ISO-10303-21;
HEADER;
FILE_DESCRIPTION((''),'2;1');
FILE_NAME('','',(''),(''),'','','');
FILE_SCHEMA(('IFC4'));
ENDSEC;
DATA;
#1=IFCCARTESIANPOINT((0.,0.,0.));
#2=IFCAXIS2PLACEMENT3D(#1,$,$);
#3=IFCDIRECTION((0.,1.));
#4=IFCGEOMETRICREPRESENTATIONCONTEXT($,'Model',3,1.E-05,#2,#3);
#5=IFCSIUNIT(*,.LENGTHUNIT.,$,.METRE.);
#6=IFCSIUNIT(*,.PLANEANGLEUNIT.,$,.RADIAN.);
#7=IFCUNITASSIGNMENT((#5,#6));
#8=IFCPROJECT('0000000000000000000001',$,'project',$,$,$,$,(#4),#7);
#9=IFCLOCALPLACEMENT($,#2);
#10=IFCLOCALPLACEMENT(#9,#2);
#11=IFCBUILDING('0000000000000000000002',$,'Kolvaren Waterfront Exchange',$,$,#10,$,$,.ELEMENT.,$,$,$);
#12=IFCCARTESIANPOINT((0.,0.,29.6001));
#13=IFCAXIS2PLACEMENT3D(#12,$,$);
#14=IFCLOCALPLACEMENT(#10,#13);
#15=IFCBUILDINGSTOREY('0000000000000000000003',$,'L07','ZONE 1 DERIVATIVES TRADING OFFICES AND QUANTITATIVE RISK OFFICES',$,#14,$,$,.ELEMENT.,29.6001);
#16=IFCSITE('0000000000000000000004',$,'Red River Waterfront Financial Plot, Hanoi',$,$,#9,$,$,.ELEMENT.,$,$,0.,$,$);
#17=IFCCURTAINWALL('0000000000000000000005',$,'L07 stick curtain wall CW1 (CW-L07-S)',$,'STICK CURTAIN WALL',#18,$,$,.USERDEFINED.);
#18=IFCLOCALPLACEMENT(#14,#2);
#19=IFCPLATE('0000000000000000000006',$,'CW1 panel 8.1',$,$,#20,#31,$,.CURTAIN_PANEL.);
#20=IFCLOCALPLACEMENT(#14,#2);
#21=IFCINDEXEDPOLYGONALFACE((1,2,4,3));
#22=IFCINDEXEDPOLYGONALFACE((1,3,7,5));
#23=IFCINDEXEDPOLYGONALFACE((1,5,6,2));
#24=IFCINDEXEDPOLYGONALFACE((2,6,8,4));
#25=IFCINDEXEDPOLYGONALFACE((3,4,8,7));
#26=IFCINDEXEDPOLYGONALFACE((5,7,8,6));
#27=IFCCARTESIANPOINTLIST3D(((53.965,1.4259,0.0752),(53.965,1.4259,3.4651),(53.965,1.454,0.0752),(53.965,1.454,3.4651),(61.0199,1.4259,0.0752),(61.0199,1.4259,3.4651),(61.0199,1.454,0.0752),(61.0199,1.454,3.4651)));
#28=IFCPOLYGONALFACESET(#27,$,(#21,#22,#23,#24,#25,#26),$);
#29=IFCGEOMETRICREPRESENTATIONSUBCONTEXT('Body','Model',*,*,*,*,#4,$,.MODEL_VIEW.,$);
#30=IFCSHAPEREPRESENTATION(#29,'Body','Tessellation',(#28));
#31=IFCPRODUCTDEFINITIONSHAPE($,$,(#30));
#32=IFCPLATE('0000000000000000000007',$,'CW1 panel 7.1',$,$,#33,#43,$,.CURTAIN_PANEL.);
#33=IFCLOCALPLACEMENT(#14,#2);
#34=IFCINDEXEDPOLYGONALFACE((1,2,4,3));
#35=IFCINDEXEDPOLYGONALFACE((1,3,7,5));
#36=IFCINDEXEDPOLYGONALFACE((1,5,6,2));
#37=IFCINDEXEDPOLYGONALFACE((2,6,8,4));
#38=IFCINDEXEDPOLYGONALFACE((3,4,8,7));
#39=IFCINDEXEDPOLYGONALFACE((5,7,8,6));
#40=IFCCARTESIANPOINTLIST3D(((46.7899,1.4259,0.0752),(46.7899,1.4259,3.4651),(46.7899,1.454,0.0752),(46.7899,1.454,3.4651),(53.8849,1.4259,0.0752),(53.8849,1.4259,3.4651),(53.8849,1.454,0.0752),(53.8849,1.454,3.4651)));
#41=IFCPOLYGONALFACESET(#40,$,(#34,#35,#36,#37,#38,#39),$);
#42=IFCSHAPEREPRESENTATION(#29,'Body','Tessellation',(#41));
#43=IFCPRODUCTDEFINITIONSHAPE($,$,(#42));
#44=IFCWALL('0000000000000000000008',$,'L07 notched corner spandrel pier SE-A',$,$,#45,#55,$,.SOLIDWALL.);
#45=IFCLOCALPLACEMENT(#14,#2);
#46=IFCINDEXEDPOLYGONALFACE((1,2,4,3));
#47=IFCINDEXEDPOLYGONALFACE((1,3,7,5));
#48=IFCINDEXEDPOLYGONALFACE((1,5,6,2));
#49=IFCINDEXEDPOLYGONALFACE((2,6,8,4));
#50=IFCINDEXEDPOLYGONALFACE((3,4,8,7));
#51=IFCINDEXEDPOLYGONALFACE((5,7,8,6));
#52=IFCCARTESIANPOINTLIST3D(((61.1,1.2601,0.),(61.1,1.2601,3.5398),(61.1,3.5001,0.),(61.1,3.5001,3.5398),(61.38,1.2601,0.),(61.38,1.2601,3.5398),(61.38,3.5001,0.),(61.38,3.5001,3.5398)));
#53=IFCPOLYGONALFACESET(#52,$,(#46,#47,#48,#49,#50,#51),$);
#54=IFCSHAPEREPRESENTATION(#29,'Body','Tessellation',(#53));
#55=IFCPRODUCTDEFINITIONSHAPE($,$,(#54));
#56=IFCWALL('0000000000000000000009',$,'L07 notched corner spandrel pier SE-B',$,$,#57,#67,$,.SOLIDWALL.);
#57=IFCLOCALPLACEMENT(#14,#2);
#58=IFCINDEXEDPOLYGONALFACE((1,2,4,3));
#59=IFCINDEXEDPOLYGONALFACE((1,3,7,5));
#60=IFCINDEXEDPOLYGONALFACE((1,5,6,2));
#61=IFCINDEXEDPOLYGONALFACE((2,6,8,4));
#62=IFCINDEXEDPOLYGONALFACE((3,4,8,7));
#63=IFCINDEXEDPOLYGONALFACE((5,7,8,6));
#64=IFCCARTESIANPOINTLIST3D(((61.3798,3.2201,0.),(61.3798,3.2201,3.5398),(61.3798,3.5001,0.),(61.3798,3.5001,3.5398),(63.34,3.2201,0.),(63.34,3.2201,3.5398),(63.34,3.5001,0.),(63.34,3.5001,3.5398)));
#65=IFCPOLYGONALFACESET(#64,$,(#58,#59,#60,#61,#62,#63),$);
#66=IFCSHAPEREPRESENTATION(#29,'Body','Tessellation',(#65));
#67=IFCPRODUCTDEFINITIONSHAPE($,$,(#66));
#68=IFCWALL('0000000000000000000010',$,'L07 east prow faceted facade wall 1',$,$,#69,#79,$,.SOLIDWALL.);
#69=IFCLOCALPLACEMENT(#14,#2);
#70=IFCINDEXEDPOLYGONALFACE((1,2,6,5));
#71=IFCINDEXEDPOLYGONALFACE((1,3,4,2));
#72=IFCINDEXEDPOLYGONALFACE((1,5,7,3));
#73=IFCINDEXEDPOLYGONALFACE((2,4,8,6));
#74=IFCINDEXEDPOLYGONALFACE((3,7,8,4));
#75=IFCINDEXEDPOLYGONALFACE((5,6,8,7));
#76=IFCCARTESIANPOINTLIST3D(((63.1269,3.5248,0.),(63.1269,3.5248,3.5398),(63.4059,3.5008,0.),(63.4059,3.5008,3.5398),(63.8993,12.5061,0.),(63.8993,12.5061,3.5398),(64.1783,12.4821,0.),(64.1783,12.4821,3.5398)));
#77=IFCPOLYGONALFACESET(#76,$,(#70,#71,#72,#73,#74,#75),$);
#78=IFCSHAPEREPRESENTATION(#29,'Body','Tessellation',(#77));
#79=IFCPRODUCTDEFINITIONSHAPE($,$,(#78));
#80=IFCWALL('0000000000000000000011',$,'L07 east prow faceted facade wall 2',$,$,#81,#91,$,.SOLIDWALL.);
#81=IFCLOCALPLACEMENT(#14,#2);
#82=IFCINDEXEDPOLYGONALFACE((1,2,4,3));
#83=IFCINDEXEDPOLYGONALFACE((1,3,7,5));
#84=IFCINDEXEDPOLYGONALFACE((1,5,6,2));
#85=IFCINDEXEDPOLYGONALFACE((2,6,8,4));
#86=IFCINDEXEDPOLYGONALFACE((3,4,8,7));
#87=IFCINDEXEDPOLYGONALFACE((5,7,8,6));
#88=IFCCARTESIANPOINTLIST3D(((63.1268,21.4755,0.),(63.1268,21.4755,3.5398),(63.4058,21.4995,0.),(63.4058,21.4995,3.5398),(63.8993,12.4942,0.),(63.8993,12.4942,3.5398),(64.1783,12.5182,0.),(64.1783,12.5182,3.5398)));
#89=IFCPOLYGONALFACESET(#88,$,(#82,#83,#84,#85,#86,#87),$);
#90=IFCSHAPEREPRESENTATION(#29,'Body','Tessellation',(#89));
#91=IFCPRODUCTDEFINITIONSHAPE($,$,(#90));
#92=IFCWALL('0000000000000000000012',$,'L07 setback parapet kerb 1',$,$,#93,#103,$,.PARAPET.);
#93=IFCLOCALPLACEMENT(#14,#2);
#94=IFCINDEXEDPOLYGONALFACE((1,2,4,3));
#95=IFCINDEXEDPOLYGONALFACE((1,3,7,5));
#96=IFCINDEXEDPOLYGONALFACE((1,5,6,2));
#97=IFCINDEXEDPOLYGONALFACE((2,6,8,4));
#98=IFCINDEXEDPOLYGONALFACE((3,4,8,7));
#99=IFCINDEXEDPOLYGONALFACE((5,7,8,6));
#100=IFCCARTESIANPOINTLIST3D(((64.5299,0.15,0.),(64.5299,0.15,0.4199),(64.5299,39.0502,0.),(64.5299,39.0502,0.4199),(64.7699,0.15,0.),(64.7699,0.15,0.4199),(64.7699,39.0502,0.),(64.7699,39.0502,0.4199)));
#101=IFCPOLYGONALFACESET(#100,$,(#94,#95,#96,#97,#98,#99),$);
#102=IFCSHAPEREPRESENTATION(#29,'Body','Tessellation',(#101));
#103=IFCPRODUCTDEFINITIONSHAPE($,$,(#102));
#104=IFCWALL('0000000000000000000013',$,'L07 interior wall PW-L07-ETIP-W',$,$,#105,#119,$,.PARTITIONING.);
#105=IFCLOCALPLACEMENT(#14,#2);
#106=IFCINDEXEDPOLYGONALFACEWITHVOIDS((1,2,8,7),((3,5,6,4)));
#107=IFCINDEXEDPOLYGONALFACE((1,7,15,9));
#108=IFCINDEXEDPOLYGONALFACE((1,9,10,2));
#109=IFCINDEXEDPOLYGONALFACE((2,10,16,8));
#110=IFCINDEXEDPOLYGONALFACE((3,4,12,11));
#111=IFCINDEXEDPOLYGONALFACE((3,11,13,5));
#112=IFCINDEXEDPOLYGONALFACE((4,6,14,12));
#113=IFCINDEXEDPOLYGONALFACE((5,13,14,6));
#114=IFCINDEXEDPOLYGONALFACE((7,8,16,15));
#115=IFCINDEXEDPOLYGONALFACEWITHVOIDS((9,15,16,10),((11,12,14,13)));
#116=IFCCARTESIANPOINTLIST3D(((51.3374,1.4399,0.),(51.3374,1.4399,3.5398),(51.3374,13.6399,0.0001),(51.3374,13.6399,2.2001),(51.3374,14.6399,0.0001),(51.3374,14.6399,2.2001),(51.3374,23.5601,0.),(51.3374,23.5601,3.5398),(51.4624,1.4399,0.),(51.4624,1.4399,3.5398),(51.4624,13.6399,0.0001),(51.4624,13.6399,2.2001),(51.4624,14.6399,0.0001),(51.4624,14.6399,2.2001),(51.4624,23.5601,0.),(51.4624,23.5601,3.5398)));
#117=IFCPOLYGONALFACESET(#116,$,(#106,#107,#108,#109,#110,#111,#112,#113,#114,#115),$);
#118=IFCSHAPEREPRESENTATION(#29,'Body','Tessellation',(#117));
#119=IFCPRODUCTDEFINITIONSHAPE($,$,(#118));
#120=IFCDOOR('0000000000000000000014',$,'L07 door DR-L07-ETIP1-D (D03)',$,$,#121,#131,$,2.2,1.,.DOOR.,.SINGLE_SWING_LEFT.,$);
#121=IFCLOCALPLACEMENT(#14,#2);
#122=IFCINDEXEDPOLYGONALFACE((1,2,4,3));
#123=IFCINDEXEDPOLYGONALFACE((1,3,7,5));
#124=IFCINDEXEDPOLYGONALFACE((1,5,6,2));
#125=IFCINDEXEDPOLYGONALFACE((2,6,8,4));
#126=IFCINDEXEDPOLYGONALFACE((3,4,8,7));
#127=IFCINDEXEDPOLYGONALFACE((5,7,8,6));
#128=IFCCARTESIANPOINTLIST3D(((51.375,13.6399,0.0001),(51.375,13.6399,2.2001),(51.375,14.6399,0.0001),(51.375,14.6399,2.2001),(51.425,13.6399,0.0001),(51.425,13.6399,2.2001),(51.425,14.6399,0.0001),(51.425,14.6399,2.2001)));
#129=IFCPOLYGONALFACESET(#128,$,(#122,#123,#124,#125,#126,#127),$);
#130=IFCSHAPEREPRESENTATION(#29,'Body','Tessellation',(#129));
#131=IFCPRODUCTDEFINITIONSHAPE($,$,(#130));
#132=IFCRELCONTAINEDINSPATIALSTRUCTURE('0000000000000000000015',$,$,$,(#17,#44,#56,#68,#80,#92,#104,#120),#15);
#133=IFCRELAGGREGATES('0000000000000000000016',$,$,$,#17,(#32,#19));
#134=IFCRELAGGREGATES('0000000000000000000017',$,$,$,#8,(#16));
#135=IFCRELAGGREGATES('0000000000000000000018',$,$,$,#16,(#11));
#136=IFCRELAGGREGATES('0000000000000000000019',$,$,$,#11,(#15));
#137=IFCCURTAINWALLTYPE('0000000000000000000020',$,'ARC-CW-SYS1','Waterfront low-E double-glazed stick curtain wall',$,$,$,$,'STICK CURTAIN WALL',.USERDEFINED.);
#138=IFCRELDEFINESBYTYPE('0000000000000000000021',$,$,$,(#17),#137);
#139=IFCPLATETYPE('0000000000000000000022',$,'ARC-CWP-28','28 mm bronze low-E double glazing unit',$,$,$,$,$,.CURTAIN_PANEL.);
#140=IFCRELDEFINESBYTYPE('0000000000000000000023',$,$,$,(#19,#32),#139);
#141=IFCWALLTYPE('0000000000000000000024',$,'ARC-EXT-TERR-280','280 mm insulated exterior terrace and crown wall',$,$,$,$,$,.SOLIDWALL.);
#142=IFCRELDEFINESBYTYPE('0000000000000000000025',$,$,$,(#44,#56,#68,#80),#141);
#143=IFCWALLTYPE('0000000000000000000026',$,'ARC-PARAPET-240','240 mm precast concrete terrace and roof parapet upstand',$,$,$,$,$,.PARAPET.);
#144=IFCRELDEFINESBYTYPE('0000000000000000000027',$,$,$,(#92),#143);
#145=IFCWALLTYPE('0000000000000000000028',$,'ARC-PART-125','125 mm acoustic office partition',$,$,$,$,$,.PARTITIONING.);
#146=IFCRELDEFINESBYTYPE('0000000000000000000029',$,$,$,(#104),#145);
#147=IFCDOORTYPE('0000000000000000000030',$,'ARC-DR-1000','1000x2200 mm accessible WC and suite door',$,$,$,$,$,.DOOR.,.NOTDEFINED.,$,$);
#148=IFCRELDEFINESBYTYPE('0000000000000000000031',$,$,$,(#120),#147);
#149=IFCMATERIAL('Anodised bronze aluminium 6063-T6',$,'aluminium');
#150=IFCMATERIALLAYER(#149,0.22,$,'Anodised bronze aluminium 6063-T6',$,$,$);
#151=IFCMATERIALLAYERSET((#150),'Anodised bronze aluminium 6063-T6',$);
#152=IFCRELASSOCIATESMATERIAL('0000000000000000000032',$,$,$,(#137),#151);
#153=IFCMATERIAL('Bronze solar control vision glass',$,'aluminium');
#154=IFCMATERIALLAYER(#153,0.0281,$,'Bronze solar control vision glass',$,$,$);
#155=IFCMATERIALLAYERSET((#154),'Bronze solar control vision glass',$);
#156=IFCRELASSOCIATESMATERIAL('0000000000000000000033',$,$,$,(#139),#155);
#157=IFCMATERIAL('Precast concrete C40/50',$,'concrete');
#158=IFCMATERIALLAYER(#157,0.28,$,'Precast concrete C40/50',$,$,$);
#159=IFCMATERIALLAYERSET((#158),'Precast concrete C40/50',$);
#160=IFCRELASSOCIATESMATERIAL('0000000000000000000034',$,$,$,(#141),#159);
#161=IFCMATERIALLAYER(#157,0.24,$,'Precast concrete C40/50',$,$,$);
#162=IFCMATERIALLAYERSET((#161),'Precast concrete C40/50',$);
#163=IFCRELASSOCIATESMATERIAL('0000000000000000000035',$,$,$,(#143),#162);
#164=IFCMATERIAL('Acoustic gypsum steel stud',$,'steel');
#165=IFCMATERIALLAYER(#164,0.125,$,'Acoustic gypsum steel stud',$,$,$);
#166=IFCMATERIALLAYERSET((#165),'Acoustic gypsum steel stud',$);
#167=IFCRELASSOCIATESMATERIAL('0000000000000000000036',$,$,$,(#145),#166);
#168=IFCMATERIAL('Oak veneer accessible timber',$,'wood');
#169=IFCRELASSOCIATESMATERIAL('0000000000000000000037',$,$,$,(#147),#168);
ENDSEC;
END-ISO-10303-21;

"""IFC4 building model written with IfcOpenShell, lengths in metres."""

from ifc_helpers import new_model, si_unit, direction, frame, frame_2d, origin, origin_with_axes, origin_2d, place, context, subcontext, project, spatial, rectangle, extrude, source, transform, mapped, material, layer, layer_set, type_object, element, fill, aggregate, save


model = new_model("IFC4")

# Units and contexts
model_context = context("Model", 3, precision=1e-05, world=origin(), true_north=direction((0.0, 1.0)))
body_context = subcontext(model_context, "Body", "Model", "MODEL_VIEW")
ifc_project = project(units=[si_unit("LENGTHUNIT", "METRE"), si_unit("PLANEANGLEUNIT", "RADIAN")], contexts=[model_context])

# Site, building, storey
site_placement = place(None, origin())
site = spatial("IfcSite", under=ifc_project, at=site_placement, Name="Red River Waterfront Financial Plot, Hanoi", CompositionType="ELEMENT", RefElevation=0.0)
building_placement = place(site_placement, origin())
building = spatial("IfcBuilding", under=site, at=building_placement, Name="Kolvaren Waterfront Exchange", CompositionType="ELEMENT")
storey_placement = place(building_placement, frame((0.0, 0.0, 29.6001)))
storey = spatial("IfcBuildingStorey", under=building, at=storey_placement, Name="L07", Description="ZONE 1 DERIVATIVES TRADING OFFICES AND QUANTITATIVE RISK OFFICES", CompositionType="ELEMENT", Elevation=29.6001)

# Curtain wall, plates
ifc_material_1 = material(Name="Anodised bronze aluminium 6063-T6", Category="aluminium")
ifc_layer_1 = layer(ifc_material_1, 0.22, Name="Anodised bronze aluminium 6063-T6")
ifc_layer_set_1 = layer_set([ifc_layer_1], Name="Anodised bronze aluminium 6063-T6")
curtain_wall_type = type_object("IfcCurtainWallType", Name="ARC-CW-SYS1", Description="Waterfront low-E double-glazed stick curtain wall", ElementType="STICK CURTAIN WALL", PredefinedType="USERDEFINED", material=ifc_layer_set_1)
curtain_wall_placement = place(storey_placement, origin())
curtain_wall = element("IfcCurtainWall", 1, at=curtain_wall_placement, inside=storey, type_object=curtain_wall_type, Name="L07 stick curtain wall CW1 (CW-L07-S)", ObjectType="STICK CURTAIN WALL", PredefinedType="USERDEFINED")
ifc_material_2 = material(Name="Bronze solar control vision glass", Category="aluminium")
ifc_layer_2 = layer(ifc_material_2, 0.0281, Name="Bronze solar control vision glass")
ifc_layer_set_2 = layer_set([ifc_layer_2], Name="Bronze solar control vision glass")
plate_type = type_object("IfcPlateType", Name="ARC-CWP-28", Description="28 mm bronze low-E double glazing unit", PredefinedType="CURTAIN_PANEL", material=ifc_layer_set_2)
shared_shape_1 = source(origin_with_axes(), body_context, "Body", "SweptSolid", [
    extrude(rectangle(XDim=7.0549, YDim=0.0281, at=origin_2d()), origin(), (0.0, 0.0, 1.0), 3.3899),
])
plate_1_placement = place(storey_placement, frame((57.4924, 1.4399, 0.0752), z_axis=(0.0, 0.0, 1.0), x_axis=(1.0, 0.0, 0.0)))
plate_1 = element("IfcPlate", 2, at=plate_1_placement, type_object=plate_type, Name="CW1 panel 8.1", PredefinedType="CURTAIN_PANEL", context=body_context, shape_type="MappedRepresentation", body=[
    mapped(shared_shape_1, transform((0.0, 0.0, 0.0), x_axis=(1.0, 0.0, 0.0), y_axis=(0.0, 1.0, 0.0), z_axis=(0.0, 0.0, 1.0), scale=1.0)),
])
shared_shape_2 = source(origin_with_axes(), body_context, "Body", "SweptSolid", [
    extrude(rectangle(XDim=7.095, YDim=0.0281, at=origin_2d()), origin(), (0.0, 0.0, 1.0), 3.3899),
])
plate_2_placement = place(storey_placement, frame((50.3374, 1.4399, 0.0752), z_axis=(0.0, 0.0, 1.0), x_axis=(1.0, 0.0, 0.0)))
plate_2 = element("IfcPlate", 3, at=plate_2_placement, type_object=plate_type, Name="CW1 panel 7.1", PredefinedType="CURTAIN_PANEL", context=body_context, shape_type="MappedRepresentation", body=[
    mapped(shared_shape_2, transform((0.0, 0.0, 0.0), x_axis=(1.0, 0.0, 0.0), y_axis=(0.0, 1.0, 0.0), z_axis=(0.0, 0.0, 1.0), scale=1.0)),
])
aggregate(curtain_wall, [plate_2, plate_1])

# Walls
ifc_material_3 = material(Name="Precast concrete C40/50", Category="concrete")
ifc_layer_3 = layer(ifc_material_3, 0.28, Name="Precast concrete C40/50")
ifc_layer_set_3 = layer_set([ifc_layer_3], Name="Precast concrete C40/50")
wall_type_1 = type_object("IfcWallType", Name="ARC-EXT-TERR-280", Description="280 mm insulated exterior terrace and crown wall", PredefinedType="SOLIDWALL", material=ifc_layer_set_3)
wall_1_placement = place(storey_placement, frame((61.24, 1.26, 0.0), z_axis=(0.0, 0.0, 1.0), x_axis=(0.0, 1.0, 0.0)))
element("IfcWall", 4, at=wall_1_placement, inside=storey, type_object=wall_type_1, Name="L07 notched corner spandrel pier SE-A", PredefinedType="SOLIDWALL", context=body_context, shape_type="SweptSolid", body=[
    extrude(rectangle(XDim=2.24, YDim=0.28, at=frame_2d((1.1201, 0.0))), origin(), (0.0, 0.0, 1.0), 3.5398),
])
wall_2_placement = place(storey_placement, frame((61.3799, 3.3601, 0.0), z_axis=(0.0, 0.0, 1.0), x_axis=(1.0, 0.0, 0.0)))
element("IfcWall", 5, at=wall_2_placement, inside=storey, type_object=wall_type_1, Name="L07 notched corner spandrel pier SE-B", PredefinedType="SOLIDWALL", context=body_context, shape_type="SweptSolid", body=[
    extrude(rectangle(XDim=1.9602, YDim=0.28, at=frame_2d((0.98, 0.0))), origin(), (0.0, 0.0, 1.0), 3.5398),
])
for number, where, z_axis, x_axis, name in (
    (6, (63.2664, 3.5127, 0.0), (0.0, 0.0, 1.0), (0.085692, 0.996322, 0.0), "L07 east prow faceted facade wall 1"),
    (7, (64.0388, 12.5061, 0.0), (0.0, 0.0, 1.0), (-0.085692, 0.996322, 0.0), "L07 east prow faceted facade wall 2"),
):
    element("IfcWall", number, at=place(storey_placement, frame(where, z_axis=z_axis, x_axis=x_axis)), inside=storey, type_object=wall_type_1, Name=name, PredefinedType="SOLIDWALL", context=body_context, shape_type="SweptSolid", body=[
        extrude(rectangle(XDim=9.0144, YDim=0.28, at=frame_2d((4.5073, 0.0))), origin(), (0.0, 0.0, 1.0), 3.5398),
    ])
ifc_layer_4 = layer(ifc_material_3, 0.24, Name="Precast concrete C40/50")
ifc_layer_set_4 = layer_set([ifc_layer_4], Name="Precast concrete C40/50")
wall_type_2 = type_object("IfcWallType", Name="ARC-PARAPET-240", Description="240 mm precast concrete terrace and roof parapet upstand", PredefinedType="PARAPET", material=ifc_layer_set_4)
wall_3_placement = place(storey_placement, frame((64.6499, 0.1499, 0.0), z_axis=(0.0, 0.0, 1.0), x_axis=(0.0, 1.0, 0.0)))
element("IfcWall", 8, at=wall_3_placement, inside=storey, type_object=wall_type_2, Name="L07 setback parapet kerb 1", PredefinedType="PARAPET", context=body_context, shape_type="SweptSolid", body=[
    extrude(rectangle(XDim=38.9001, YDim=0.24, at=frame_2d((19.4502, 0.0))), origin(), (0.0, 0.0, 1.0), 0.4199),
])

# Wall, opening, door
ifc_material_4 = material(Name="Acoustic gypsum steel stud", Category="steel")
ifc_layer_5 = layer(ifc_material_4, 0.125, Name="Acoustic gypsum steel stud")
ifc_layer_set_5 = layer_set([ifc_layer_5], Name="Acoustic gypsum steel stud")
wall_type_3 = type_object("IfcWallType", Name="ARC-PART-125", Description="125 mm acoustic office partition", PredefinedType="PARTITIONING", material=ifc_layer_set_5)
wall_4_placement = place(storey_placement, frame((51.3999, 1.4399, 0.0), z_axis=(0.0, 0.0, 1.0), x_axis=(0.0, 1.0, 0.0)))
wall_4 = element("IfcWall", 9, at=wall_4_placement, inside=storey, type_object=wall_type_3, Name="L07 interior wall PW-L07-ETIP-W", PredefinedType="PARTITIONING", context=body_context, shape_type="SweptSolid", body=[
    extrude(rectangle(XDim=22.1201, YDim=0.125, at=frame_2d((11.0601, 0.0))), origin(), (0.0, 0.0, 1.0), 3.5398),
])
opening_placement = place(wall_4_placement, frame((12.2, 0.0, 0.0)))
opening = element("IfcOpeningElement", 10, at=opening_placement, cuts=wall_4, PredefinedType="OPENING", context=body_context, shape_type="SweptSolid", body=[
    extrude(rectangle(XDim=1.0, YDim=2.2, at=frame_2d((0.5, 1.1001))), frame((0.0, 0.0725, 0.0), z_axis=(0.0, -1.0, 0.0), x_axis=(1.0, 0.0, 0.0)), (0.0, 0.0, 1.0), 0.145),
])
ifc_material_5 = material(Name="Oak veneer accessible timber", Category="wood")
door_type = type_object("IfcDoorType", Name="ARC-DR-1000", Description="1000x2200 mm accessible WC and suite door", OperationType="NOTDEFINED", PredefinedType="DOOR", material=ifc_material_5)
door_placement = place(opening_placement, origin())
door = element("IfcDoor", 11, at=door_placement, inside=storey, type_object=door_type, Name="L07 door DR-L07-ETIP1-D (D03)", OperationType="SINGLE_SWING_LEFT", OverallHeight=2.2, OverallWidth=1.0, PredefinedType="DOOR", context=body_context, shape_type="SweptSolid", body=[
    extrude(rectangle(XDim=1.0, YDim=2.2, at=frame_2d((0.5, 1.1001))), frame((0.0, 0.0249, 0.0), z_axis=(0.0, -1.0, 0.0), x_axis=(1.0, 0.0, 0.0)), (0.0, 0.0, 1.0), 0.05),
])
fill(opening, door)

save(model, "model.ifc")
